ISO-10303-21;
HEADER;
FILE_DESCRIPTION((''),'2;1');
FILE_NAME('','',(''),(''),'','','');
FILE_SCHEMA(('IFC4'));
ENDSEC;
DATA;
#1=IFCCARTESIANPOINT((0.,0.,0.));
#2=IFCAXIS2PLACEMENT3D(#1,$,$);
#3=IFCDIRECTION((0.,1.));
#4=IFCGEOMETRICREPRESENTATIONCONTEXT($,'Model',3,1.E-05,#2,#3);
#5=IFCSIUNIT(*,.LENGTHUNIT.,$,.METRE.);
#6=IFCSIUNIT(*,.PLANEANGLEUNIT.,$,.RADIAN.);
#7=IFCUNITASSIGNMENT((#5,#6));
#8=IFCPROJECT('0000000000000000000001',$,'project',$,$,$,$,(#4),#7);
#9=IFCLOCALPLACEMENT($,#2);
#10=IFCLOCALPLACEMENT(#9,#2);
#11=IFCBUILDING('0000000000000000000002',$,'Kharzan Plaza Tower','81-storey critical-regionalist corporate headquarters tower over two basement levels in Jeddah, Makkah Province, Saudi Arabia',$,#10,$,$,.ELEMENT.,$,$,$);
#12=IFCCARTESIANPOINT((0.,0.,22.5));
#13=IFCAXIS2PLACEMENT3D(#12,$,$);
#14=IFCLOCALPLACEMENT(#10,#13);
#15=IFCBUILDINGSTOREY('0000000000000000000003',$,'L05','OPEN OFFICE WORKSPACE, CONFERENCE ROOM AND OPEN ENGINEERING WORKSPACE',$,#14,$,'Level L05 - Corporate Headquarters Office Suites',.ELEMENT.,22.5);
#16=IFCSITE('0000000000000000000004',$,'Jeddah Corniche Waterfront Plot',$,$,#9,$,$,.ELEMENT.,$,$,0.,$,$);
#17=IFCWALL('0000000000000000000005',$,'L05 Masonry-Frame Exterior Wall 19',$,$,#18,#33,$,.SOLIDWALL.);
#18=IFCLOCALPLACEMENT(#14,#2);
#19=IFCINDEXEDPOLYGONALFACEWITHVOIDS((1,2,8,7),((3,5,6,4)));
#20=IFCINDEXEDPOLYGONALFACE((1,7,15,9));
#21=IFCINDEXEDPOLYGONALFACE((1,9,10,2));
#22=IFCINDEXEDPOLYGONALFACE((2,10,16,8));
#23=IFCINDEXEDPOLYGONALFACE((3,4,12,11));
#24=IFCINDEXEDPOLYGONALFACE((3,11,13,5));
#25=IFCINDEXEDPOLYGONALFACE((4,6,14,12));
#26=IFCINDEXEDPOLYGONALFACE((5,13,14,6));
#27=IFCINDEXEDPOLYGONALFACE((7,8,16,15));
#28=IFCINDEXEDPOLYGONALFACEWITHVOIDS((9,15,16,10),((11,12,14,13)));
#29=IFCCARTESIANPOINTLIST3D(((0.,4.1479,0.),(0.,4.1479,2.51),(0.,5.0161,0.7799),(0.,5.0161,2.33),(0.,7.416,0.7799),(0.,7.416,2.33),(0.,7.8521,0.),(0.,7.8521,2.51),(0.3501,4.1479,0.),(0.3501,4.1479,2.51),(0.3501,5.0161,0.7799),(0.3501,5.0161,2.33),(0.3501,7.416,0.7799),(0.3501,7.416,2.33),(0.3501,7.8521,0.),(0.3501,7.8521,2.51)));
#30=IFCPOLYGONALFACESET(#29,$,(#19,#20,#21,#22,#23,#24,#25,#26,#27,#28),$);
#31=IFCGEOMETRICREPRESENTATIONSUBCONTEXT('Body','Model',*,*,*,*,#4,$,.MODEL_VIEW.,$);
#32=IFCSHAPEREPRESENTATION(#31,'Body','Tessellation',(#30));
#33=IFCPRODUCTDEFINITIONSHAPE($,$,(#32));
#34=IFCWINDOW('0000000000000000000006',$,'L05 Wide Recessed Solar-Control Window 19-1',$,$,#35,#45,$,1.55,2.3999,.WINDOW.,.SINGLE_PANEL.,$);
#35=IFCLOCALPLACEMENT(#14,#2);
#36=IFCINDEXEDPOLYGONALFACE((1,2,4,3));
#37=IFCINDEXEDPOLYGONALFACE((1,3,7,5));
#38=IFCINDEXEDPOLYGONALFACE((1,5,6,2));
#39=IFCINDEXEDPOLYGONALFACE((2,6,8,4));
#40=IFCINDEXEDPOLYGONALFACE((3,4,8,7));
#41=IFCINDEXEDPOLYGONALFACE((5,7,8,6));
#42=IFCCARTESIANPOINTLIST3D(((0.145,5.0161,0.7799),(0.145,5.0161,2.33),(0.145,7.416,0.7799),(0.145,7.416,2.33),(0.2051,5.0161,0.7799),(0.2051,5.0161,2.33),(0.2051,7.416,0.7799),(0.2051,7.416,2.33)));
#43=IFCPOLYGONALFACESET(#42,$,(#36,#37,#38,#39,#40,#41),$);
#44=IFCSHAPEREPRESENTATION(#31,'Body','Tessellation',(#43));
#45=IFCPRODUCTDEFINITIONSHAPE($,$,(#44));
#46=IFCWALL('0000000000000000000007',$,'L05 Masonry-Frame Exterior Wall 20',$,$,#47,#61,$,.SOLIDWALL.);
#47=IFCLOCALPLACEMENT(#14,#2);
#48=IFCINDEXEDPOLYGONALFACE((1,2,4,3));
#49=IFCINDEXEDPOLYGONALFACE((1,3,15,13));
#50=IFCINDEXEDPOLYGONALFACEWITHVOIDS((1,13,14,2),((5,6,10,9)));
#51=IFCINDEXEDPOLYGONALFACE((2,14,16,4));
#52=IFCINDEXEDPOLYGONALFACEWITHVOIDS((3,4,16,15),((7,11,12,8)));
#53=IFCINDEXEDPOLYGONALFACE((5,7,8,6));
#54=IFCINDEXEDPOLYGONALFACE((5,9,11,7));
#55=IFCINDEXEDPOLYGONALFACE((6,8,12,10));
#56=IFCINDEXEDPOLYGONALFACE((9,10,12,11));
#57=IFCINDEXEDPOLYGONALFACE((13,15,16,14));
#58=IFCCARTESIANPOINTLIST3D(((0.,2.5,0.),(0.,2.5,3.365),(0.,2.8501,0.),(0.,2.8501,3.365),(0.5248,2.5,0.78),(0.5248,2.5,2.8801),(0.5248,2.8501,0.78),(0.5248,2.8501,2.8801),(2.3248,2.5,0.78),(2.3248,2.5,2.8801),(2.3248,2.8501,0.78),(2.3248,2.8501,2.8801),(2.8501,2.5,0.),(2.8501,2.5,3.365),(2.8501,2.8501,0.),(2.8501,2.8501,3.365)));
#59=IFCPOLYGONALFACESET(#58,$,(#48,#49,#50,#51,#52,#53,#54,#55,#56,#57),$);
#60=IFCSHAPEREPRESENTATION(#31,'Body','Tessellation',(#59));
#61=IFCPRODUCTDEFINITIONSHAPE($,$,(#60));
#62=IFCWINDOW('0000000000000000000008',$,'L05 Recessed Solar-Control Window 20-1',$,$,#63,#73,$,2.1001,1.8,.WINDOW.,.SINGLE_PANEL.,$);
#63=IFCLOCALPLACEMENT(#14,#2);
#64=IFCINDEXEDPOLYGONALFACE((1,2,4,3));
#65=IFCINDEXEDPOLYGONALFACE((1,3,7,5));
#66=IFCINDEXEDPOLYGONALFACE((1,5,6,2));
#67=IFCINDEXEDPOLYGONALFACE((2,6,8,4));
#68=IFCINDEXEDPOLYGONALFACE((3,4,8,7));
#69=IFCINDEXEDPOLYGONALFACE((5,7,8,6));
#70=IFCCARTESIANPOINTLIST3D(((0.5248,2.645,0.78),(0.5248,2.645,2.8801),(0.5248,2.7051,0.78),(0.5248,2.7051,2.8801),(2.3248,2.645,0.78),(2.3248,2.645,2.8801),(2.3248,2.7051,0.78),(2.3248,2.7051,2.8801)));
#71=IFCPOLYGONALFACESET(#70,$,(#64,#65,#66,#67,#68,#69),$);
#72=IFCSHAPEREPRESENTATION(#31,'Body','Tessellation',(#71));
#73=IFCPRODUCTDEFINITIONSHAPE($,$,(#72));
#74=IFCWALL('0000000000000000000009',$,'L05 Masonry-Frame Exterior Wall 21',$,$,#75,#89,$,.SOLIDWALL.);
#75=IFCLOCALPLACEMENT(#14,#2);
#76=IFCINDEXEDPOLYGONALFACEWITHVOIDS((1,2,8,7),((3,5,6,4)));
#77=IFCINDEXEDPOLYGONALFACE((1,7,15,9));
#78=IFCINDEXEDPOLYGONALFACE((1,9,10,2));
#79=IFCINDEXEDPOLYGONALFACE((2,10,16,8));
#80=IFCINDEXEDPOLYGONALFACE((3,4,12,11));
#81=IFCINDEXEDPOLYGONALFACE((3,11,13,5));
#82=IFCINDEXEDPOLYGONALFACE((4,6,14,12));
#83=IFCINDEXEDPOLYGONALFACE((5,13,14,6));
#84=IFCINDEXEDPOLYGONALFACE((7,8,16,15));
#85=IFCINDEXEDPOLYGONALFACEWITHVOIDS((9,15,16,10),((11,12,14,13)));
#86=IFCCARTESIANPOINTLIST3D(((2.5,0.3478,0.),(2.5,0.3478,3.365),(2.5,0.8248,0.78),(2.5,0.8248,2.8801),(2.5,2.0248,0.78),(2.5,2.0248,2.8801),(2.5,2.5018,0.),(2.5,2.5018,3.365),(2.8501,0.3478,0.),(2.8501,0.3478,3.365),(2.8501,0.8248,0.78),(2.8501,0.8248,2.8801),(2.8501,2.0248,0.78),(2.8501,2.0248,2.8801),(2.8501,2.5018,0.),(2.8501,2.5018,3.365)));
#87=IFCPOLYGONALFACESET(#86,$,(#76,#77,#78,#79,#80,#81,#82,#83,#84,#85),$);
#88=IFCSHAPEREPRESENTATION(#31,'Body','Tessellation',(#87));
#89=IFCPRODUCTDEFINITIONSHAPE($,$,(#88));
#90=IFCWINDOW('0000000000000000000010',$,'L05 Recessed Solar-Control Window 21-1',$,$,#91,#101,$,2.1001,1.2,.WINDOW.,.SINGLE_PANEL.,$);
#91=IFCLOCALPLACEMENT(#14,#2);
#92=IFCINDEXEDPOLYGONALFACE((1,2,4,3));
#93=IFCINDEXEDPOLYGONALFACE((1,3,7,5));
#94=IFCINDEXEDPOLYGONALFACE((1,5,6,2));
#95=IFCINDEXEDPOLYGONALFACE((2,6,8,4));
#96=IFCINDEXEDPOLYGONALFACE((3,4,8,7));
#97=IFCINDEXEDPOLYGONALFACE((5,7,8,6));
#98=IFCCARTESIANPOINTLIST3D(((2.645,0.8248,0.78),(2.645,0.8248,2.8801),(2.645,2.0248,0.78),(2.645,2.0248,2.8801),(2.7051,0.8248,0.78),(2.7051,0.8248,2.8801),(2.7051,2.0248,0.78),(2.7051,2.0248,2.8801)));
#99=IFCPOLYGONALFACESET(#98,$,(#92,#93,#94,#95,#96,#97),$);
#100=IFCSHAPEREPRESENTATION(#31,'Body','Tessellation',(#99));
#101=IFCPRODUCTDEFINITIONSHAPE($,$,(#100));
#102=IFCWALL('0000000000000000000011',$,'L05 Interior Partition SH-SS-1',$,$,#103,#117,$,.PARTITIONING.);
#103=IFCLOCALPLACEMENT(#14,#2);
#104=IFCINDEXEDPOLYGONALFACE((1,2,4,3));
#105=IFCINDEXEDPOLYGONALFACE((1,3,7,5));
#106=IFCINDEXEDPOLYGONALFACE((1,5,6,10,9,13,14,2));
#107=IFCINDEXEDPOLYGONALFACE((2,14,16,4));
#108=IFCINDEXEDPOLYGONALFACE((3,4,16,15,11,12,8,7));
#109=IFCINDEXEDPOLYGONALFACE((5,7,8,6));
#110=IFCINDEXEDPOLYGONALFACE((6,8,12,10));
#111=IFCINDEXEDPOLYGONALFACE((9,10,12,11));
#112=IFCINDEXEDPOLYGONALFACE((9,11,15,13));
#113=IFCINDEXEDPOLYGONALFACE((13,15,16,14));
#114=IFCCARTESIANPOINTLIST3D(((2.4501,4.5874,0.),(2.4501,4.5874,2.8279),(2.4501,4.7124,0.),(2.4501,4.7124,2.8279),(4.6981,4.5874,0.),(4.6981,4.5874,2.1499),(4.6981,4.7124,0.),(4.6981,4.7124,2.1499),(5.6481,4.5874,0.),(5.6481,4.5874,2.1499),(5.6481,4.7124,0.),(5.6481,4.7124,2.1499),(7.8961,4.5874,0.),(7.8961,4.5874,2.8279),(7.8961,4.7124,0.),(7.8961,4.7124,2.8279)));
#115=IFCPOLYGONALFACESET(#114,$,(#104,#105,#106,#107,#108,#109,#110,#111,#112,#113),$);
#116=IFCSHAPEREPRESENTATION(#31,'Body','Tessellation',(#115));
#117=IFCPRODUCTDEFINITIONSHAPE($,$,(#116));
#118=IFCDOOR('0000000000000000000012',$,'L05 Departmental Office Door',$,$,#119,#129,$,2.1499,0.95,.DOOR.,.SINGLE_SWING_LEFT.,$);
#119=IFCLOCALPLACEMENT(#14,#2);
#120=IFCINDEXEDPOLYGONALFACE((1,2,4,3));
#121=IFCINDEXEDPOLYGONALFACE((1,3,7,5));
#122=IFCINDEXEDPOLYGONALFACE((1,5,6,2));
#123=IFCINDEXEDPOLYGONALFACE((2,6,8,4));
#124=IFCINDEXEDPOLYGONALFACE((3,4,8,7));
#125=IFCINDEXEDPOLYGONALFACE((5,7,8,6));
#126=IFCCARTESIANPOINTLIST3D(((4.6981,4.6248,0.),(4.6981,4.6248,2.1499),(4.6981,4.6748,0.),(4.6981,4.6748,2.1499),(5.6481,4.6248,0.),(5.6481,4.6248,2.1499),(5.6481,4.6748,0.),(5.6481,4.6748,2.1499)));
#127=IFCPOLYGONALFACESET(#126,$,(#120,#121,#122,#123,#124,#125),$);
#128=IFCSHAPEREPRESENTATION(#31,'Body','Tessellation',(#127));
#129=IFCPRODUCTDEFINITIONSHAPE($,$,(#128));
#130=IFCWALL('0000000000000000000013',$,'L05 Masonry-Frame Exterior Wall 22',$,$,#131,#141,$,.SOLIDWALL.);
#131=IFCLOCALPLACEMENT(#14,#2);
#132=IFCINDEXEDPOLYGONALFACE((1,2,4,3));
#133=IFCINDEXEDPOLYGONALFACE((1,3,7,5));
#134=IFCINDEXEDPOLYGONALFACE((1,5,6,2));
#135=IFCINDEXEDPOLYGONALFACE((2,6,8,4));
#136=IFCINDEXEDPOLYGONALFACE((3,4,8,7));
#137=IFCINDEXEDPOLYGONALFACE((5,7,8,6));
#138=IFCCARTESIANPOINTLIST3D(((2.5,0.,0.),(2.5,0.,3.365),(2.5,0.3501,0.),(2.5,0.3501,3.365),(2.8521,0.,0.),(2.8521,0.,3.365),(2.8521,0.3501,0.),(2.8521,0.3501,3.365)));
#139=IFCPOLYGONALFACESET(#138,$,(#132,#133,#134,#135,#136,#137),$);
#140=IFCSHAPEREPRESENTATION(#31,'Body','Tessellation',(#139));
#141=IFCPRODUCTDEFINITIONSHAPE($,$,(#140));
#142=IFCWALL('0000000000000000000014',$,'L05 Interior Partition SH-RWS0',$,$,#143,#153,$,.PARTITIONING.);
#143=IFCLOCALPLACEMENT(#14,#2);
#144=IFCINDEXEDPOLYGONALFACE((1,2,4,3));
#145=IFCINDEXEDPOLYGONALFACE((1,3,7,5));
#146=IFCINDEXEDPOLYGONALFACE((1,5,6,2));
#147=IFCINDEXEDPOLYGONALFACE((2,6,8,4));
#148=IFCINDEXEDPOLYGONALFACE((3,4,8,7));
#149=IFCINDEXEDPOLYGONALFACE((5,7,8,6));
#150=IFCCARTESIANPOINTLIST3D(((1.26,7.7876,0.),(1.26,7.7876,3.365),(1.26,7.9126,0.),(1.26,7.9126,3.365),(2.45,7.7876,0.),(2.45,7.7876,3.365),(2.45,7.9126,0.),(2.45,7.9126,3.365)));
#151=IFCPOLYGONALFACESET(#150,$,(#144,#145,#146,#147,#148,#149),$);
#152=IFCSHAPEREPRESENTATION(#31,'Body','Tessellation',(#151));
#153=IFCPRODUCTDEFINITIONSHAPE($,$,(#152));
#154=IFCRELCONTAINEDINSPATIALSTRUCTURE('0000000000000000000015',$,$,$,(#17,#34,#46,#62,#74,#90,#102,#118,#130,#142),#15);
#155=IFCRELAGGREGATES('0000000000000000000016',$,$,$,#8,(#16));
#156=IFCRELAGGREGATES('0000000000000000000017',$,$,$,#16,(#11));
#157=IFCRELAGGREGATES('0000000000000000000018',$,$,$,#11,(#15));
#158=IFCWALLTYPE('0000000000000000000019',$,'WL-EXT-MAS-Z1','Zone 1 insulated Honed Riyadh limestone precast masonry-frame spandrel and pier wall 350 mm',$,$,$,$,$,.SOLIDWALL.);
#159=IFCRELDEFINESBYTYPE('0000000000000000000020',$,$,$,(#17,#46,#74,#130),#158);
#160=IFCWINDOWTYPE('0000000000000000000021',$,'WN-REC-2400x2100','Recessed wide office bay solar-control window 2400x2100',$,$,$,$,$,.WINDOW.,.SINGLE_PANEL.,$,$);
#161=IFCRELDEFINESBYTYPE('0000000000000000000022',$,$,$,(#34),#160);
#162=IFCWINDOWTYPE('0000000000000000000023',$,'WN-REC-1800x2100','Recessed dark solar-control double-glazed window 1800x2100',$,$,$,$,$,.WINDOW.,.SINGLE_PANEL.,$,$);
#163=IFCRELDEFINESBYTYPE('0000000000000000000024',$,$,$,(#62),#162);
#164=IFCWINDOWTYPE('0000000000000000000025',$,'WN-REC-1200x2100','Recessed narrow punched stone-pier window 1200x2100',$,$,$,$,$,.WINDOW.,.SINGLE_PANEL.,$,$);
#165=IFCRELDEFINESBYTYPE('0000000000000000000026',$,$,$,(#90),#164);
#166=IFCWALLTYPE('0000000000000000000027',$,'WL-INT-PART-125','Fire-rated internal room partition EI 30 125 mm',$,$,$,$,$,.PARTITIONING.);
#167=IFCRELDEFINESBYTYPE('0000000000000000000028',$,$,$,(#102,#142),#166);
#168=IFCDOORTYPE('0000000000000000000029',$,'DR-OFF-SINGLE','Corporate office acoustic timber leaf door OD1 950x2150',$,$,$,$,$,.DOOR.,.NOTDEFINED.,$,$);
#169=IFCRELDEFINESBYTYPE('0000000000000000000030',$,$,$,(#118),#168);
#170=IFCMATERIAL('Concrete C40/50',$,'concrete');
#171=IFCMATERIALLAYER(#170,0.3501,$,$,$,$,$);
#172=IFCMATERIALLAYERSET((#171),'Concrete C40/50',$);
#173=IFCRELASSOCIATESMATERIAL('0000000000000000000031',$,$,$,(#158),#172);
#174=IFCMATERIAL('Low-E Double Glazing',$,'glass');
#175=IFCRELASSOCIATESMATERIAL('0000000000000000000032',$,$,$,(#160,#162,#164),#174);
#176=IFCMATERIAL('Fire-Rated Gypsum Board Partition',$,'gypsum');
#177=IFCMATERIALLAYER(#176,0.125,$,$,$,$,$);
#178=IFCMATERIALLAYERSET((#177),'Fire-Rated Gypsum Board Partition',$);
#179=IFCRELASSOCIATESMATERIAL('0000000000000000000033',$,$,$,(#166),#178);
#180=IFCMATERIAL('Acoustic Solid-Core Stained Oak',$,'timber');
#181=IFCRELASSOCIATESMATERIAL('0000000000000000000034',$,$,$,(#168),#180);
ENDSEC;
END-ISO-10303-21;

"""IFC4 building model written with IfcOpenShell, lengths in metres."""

from ifc_helpers import new_model, si_unit, direction, frame, frame_2d, origin, place, context, subcontext, project, spatial, rectangle, extrude, source, transform, mapped, material, layer, layer_set, type_object, element, fill, save


model = new_model("IFC4")

# Units and contexts
model_context = context("Model", 3, precision=1e-05, world=origin(), true_north=direction((0.0, 1.0)))
body_context = subcontext(model_context, "Body", "Model", "MODEL_VIEW")
ifc_project = project(units=[si_unit("LENGTHUNIT", "METRE"), si_unit("PLANEANGLEUNIT", "RADIAN")], contexts=[model_context])

# Site, building, storey
site_placement = place(None, origin())
site = spatial("IfcSite", under=ifc_project, at=site_placement, Name="Jeddah Corniche Waterfront Plot", CompositionType="ELEMENT", RefElevation=0.0)
building_placement = place(site_placement, origin())
building = spatial("IfcBuilding", under=site, at=building_placement, Name="Kharzan Plaza Tower", Description="81-storey critical-regionalist corporate headquarters tower over two basement levels in Jeddah, Makkah Province, Saudi Arabia", CompositionType="ELEMENT")
storey_placement = place(building_placement, frame((0.0, 0.0, 22.5)))
storey = spatial("IfcBuildingStorey", under=building, at=storey_placement, Name="L05", Description="OPEN OFFICE WORKSPACE, CONFERENCE ROOM AND OPEN ENGINEERING WORKSPACE", LongName="Level L05 - Corporate Headquarters Office Suites", CompositionType="ELEMENT", Elevation=22.5)

# Shared definitions
ifc_material_1 = material(Name="Concrete C40/50", Category="concrete")

# Walls, openings, windows
ifc_layer_1 = layer(ifc_material_1, 0.3501)
ifc_layer_set_1 = layer_set([ifc_layer_1], Name="Concrete C40/50")
wall_type_1 = type_object("IfcWallType", Name="WL-EXT-MAS-Z1", Description="Zone 1 insulated Honed Riyadh limestone precast masonry-frame spandrel and pier wall 350 mm", PredefinedType="SOLIDWALL", material=ifc_layer_set_1)
wall_1_placement = place(storey_placement, frame((0.175, 7.8521, 0.0), z_axis=(0.0, 0.0, 1.0), x_axis=(0.0, -1.0, 0.0)))
wall_1 = element("IfcWall", 1, at=wall_1_placement, inside=storey, type_object=wall_type_1, Name="L05 Masonry-Frame Exterior Wall 19", PredefinedType="SOLIDWALL", context=body_context, shape_type="SweptSolid", body=[
    extrude(rectangle(XDim=3.7041, YDim=0.3501, at=frame_2d((1.8521, 0.0))), origin(), (0.0, 0.0, 1.0), 2.51),
])
opening_1_placement = place(wall_1_placement, frame((0.436, 0.0, 0.78)))
opening_1 = element("IfcOpeningElement", 2, at=opening_1_placement, cuts=wall_1, PredefinedType="OPENING", context=body_context, shape_type="SweptSolid", body=[
    extrude(rectangle(XDim=2.3999, YDim=1.55, at=frame_2d((1.2, 0.7749))), frame((0.0, 0.1851, 0.0), z_axis=(0.0, -1.0, 0.0), x_axis=(1.0, 0.0, 0.0)), (0.0, 0.0, 1.0), 0.3701),
])
ifc_material_2 = material(Name="Low-E Double Glazing", Category="glass")
window_type_1 = type_object("IfcWindowType", Name="WN-REC-2400x2100", Description="Recessed wide office bay solar-control window 2400x2100", PartitioningType="SINGLE_PANEL", PredefinedType="WINDOW", material=ifc_material_2)
shared_shape_1 = source(origin(), body_context, "Body", "SweptSolid", [
    extrude(rectangle(XDim=2.3999, YDim=1.55, at=frame_2d((1.2, 0.7749))), frame((0.0, 0.03, 0.0), z_axis=(0.0, -1.0, 0.0), x_axis=(1.0, 0.0, 0.0)), (0.0, 0.0, 1.0), 0.0601),
])
window_1_placement = place(opening_1_placement, origin())
window_1 = element("IfcWindow", 3, at=window_1_placement, inside=storey, type_object=window_type_1, Name="L05 Wide Recessed Solar-Control Window 19-1", OverallHeight=1.55, OverallWidth=2.3999, PartitioningType="SINGLE_PANEL", PredefinedType="WINDOW", context=body_context, shape_type="MappedRepresentation", body=[
    mapped(shared_shape_1, transform((0.0, 0.0, 0.0), x_axis=(1.0, 0.0, 0.0), y_axis=(0.0, 1.0, 0.0), z_axis=(0.0, 0.0, 1.0))),
])
fill(opening_1, window_1)
wall_2_placement = place(storey_placement, frame((0.0, 2.675, 0.0), z_axis=(0.0, 0.0, 1.0), x_axis=(1.0, 0.0, 0.0)))
wall_2 = element("IfcWall", 4, at=wall_2_placement, inside=storey, type_object=wall_type_1, Name="L05 Masonry-Frame Exterior Wall 20", PredefinedType="SOLIDWALL", context=body_context, shape_type="SweptSolid", body=[
    extrude(rectangle(XDim=2.8501, YDim=0.3501, at=frame_2d((1.425, 0.0))), origin(), (0.0, 0.0, 1.0), 3.365),
])
opening_2_placement = place(wall_2_placement, frame((0.5249, 0.0, 0.78)))
opening_2 = element("IfcOpeningElement", 5, at=opening_2_placement, cuts=wall_2, PredefinedType="OPENING", context=body_context, shape_type="SweptSolid", body=[
    extrude(rectangle(XDim=1.8, YDim=2.1001, at=frame_2d((0.8999, 1.05))), frame((0.0, 0.1851, 0.0), z_axis=(0.0, -1.0, 0.0), x_axis=(1.0, 0.0, 0.0)), (0.0, 0.0, 1.0), 0.3701),
])
window_type_2 = type_object("IfcWindowType", Name="WN-REC-1800x2100", Description="Recessed dark solar-control double-glazed window 1800x2100", PartitioningType="SINGLE_PANEL", PredefinedType="WINDOW", material=ifc_material_2)
shared_shape_2 = source(origin(), body_context, "Body", "SweptSolid", [
    extrude(rectangle(XDim=1.8, YDim=2.1001, at=frame_2d((0.8999, 1.05))), frame((0.0, 0.03, 0.0), z_axis=(0.0, -1.0, 0.0), x_axis=(1.0, 0.0, 0.0)), (0.0, 0.0, 1.0), 0.0601),
])
window_2_placement = place(opening_2_placement, origin())
window_2 = element("IfcWindow", 6, at=window_2_placement, inside=storey, type_object=window_type_2, Name="L05 Recessed Solar-Control Window 20-1", OverallHeight=2.1001, OverallWidth=1.8, PartitioningType="SINGLE_PANEL", PredefinedType="WINDOW", context=body_context, shape_type="MappedRepresentation", body=[
    mapped(shared_shape_2, transform((0.0, 0.0, 0.0), x_axis=(1.0, 0.0, 0.0), y_axis=(0.0, 1.0, 0.0), z_axis=(0.0, 0.0, 1.0))),
])
fill(opening_2, window_2)
wall_3_placement = place(storey_placement, frame((2.675, 2.502, 0.0), z_axis=(0.0, 0.0, 1.0), x_axis=(0.0, -1.0, 0.0)))
wall_3 = element("IfcWall", 7, at=wall_3_placement, inside=storey, type_object=wall_type_1, Name="L05 Masonry-Frame Exterior Wall 21", PredefinedType="SOLIDWALL", context=body_context, shape_type="SweptSolid", body=[
    extrude(rectangle(XDim=2.1541, YDim=0.3501, at=frame_2d((1.0771, 0.0))), origin(), (0.0, 0.0, 1.0), 3.365),
])
opening_3_placement = place(wall_3_placement, frame((0.4771, 0.0, 0.78)))
opening_3 = element("IfcOpeningElement", 8, at=opening_3_placement, cuts=wall_3, PredefinedType="OPENING", context=body_context, shape_type="SweptSolid", body=[
    extrude(rectangle(XDim=1.2, YDim=2.1001, at=frame_2d((0.6001, 1.05))), frame((0.0, 0.1851, 0.0), z_axis=(0.0, -1.0, 0.0), x_axis=(1.0, 0.0, 0.0)), (0.0, 0.0, 1.0), 0.3701),
])
window_type_3 = type_object("IfcWindowType", Name="WN-REC-1200x2100", Description="Recessed narrow punched stone-pier window 1200x2100", PartitioningType="SINGLE_PANEL", PredefinedType="WINDOW", material=ifc_material_2)
shared_shape_3 = source(origin(), body_context, "Body", "SweptSolid", [
    extrude(rectangle(XDim=1.2, YDim=2.1001, at=frame_2d((0.6001, 1.05))), frame((0.0, 0.03, 0.0), z_axis=(0.0, -1.0, 0.0), x_axis=(1.0, 0.0, 0.0)), (0.0, 0.0, 1.0), 0.0601),
])
window_3_placement = place(opening_3_placement, origin())
window_3 = element("IfcWindow", 9, at=window_3_placement, inside=storey, type_object=window_type_3, Name="L05 Recessed Solar-Control Window 21-1", OverallHeight=2.1001, OverallWidth=1.2, PartitioningType="SINGLE_PANEL", PredefinedType="WINDOW", context=body_context, shape_type="MappedRepresentation", body=[
    mapped(shared_shape_3, transform((0.0, 0.0, 0.0), x_axis=(1.0, 0.0, 0.0), y_axis=(0.0, 1.0, 0.0), z_axis=(0.0, 0.0, 1.0))),
])
fill(opening_3, window_3)

# Wall, opening, door
ifc_material_3 = material(Name="Fire-Rated Gypsum Board Partition", Category="gypsum")
ifc_layer_2 = layer(ifc_material_3, 0.125)
ifc_layer_set_2 = layer_set([ifc_layer_2], Name="Fire-Rated Gypsum Board Partition")
wall_type_2 = type_object("IfcWallType", Name="WL-INT-PART-125", Description="Fire-rated internal room partition EI 30 125 mm", PredefinedType="PARTITIONING", material=ifc_layer_set_2)
ifc_material_4 = material(Name="Acoustic Solid-Core Stained Oak", Category="timber")
door_type = type_object("IfcDoorType", Name="DR-OFF-SINGLE", Description="Corporate office acoustic timber leaf door OD1 950x2150", OperationType="NOTDEFINED", PredefinedType="DOOR", material=ifc_material_4)
shared_shape_4 = source(origin(), body_context, "Body", "SweptSolid", [
    extrude(rectangle(XDim=0.95, YDim=2.1499, at=frame_2d((0.4751, 1.075))), frame((0.0, 0.0249, 0.0), z_axis=(0.0, -1.0, 0.0), x_axis=(1.0, 0.0, 0.0)), (0.0, 0.0, 1.0), 0.05),
])
wall_4_placement = place(storey_placement, frame((2.45, 4.6499, 0.0), z_axis=(0.0, 0.0, 1.0), x_axis=(1.0, 0.0, 0.0)))
wall_4 = element("IfcWall", 10, at=wall_4_placement, inside=storey, type_object=wall_type_2, Name="L05 Interior Partition SH-SS-1", PredefinedType="PARTITIONING", context=body_context, shape_type="SweptSolid", body=[
    extrude(rectangle(XDim=5.446, YDim=0.125, at=frame_2d((2.7231, 0.0))), origin(), (0.0, 0.0, 1.0), 2.8279),
])
opening_4_placement = place(wall_4_placement, frame((2.248, 0.0, 0.0)))
opening_4 = element("IfcOpeningElement", 11, at=opening_4_placement, cuts=wall_4, PredefinedType="OPENING", context=body_context, shape_type="SweptSolid", body=[
    extrude(rectangle(XDim=0.95, YDim=2.1499, at=frame_2d((0.4751, 1.075))), frame((0.0, 0.0725, 0.0), z_axis=(0.0, -1.0, 0.0), x_axis=(1.0, 0.0, 0.0)), (0.0, 0.0, 1.0), 0.145),
])
door_1_placement = place(opening_4_placement, origin())
door_1 = element("IfcDoor", 12, at=door_1_placement, inside=storey, type_object=door_type, Name="L05 Departmental Office Door", OperationType="SINGLE_SWING_LEFT", OverallHeight=2.1499, OverallWidth=0.95, PredefinedType="DOOR", context=body_context, shape_type="MappedRepresentation", body=[
    mapped(shared_shape_4, transform((0.0, 0.0, 0.0), x_axis=(1.0, 0.0, 0.0), y_axis=(0.0, 1.0, 0.0), z_axis=(0.0, 0.0, 1.0))),
])
fill(opening_4, door_1)

# Walls
shared_shape_5 = source(origin(), body_context, "Body", "SweptSolid", [
    extrude(rectangle(XDim=0.3521, YDim=0.3501, at=frame_2d((0.176, 0.0))), origin(), (0.0, 0.0, 1.0), 3.365),
])
wall_5_placement = place(storey_placement, frame((2.5, 0.175, 0.0), z_axis=(0.0, 0.0, 1.0), x_axis=(1.0, 0.0, 0.0)))
element("IfcWall", 13, at=wall_5_placement, inside=storey, type_object=wall_type_1, Name="L05 Masonry-Frame Exterior Wall 22", PredefinedType="SOLIDWALL", context=body_context, shape_type="MappedRepresentation", body=[
    mapped(shared_shape_5, transform((0.0, 0.0, 0.0), x_axis=(1.0, 0.0, 0.0), y_axis=(0.0, 1.0, 0.0), z_axis=(0.0, 0.0, 1.0))),
])
shared_shape_6 = source(origin(), body_context, "Body", "SweptSolid", [
    extrude(rectangle(XDim=1.1899, YDim=0.125, at=frame_2d((0.595, 0.0))), origin(), (0.0, 0.0, 1.0), 3.365),
])
wall_6_placement = place(storey_placement, frame((1.26, 7.8501, 0.0), z_axis=(0.0, 0.0, 1.0), x_axis=(1.0, 0.0, 0.0)))
element("IfcWall", 14, at=wall_6_placement, inside=storey, type_object=wall_type_2, Name="L05 Interior Partition SH-RWS0", PredefinedType="PARTITIONING", context=body_context, shape_type="MappedRepresentation", body=[
    mapped(shared_shape_6, transform((0.0, 0.0, 0.0), x_axis=(1.0, 0.0, 0.0), y_axis=(0.0, 1.0, 0.0), z_axis=(0.0, 0.0, 1.0))),
])

save(model, "model.ifc")
